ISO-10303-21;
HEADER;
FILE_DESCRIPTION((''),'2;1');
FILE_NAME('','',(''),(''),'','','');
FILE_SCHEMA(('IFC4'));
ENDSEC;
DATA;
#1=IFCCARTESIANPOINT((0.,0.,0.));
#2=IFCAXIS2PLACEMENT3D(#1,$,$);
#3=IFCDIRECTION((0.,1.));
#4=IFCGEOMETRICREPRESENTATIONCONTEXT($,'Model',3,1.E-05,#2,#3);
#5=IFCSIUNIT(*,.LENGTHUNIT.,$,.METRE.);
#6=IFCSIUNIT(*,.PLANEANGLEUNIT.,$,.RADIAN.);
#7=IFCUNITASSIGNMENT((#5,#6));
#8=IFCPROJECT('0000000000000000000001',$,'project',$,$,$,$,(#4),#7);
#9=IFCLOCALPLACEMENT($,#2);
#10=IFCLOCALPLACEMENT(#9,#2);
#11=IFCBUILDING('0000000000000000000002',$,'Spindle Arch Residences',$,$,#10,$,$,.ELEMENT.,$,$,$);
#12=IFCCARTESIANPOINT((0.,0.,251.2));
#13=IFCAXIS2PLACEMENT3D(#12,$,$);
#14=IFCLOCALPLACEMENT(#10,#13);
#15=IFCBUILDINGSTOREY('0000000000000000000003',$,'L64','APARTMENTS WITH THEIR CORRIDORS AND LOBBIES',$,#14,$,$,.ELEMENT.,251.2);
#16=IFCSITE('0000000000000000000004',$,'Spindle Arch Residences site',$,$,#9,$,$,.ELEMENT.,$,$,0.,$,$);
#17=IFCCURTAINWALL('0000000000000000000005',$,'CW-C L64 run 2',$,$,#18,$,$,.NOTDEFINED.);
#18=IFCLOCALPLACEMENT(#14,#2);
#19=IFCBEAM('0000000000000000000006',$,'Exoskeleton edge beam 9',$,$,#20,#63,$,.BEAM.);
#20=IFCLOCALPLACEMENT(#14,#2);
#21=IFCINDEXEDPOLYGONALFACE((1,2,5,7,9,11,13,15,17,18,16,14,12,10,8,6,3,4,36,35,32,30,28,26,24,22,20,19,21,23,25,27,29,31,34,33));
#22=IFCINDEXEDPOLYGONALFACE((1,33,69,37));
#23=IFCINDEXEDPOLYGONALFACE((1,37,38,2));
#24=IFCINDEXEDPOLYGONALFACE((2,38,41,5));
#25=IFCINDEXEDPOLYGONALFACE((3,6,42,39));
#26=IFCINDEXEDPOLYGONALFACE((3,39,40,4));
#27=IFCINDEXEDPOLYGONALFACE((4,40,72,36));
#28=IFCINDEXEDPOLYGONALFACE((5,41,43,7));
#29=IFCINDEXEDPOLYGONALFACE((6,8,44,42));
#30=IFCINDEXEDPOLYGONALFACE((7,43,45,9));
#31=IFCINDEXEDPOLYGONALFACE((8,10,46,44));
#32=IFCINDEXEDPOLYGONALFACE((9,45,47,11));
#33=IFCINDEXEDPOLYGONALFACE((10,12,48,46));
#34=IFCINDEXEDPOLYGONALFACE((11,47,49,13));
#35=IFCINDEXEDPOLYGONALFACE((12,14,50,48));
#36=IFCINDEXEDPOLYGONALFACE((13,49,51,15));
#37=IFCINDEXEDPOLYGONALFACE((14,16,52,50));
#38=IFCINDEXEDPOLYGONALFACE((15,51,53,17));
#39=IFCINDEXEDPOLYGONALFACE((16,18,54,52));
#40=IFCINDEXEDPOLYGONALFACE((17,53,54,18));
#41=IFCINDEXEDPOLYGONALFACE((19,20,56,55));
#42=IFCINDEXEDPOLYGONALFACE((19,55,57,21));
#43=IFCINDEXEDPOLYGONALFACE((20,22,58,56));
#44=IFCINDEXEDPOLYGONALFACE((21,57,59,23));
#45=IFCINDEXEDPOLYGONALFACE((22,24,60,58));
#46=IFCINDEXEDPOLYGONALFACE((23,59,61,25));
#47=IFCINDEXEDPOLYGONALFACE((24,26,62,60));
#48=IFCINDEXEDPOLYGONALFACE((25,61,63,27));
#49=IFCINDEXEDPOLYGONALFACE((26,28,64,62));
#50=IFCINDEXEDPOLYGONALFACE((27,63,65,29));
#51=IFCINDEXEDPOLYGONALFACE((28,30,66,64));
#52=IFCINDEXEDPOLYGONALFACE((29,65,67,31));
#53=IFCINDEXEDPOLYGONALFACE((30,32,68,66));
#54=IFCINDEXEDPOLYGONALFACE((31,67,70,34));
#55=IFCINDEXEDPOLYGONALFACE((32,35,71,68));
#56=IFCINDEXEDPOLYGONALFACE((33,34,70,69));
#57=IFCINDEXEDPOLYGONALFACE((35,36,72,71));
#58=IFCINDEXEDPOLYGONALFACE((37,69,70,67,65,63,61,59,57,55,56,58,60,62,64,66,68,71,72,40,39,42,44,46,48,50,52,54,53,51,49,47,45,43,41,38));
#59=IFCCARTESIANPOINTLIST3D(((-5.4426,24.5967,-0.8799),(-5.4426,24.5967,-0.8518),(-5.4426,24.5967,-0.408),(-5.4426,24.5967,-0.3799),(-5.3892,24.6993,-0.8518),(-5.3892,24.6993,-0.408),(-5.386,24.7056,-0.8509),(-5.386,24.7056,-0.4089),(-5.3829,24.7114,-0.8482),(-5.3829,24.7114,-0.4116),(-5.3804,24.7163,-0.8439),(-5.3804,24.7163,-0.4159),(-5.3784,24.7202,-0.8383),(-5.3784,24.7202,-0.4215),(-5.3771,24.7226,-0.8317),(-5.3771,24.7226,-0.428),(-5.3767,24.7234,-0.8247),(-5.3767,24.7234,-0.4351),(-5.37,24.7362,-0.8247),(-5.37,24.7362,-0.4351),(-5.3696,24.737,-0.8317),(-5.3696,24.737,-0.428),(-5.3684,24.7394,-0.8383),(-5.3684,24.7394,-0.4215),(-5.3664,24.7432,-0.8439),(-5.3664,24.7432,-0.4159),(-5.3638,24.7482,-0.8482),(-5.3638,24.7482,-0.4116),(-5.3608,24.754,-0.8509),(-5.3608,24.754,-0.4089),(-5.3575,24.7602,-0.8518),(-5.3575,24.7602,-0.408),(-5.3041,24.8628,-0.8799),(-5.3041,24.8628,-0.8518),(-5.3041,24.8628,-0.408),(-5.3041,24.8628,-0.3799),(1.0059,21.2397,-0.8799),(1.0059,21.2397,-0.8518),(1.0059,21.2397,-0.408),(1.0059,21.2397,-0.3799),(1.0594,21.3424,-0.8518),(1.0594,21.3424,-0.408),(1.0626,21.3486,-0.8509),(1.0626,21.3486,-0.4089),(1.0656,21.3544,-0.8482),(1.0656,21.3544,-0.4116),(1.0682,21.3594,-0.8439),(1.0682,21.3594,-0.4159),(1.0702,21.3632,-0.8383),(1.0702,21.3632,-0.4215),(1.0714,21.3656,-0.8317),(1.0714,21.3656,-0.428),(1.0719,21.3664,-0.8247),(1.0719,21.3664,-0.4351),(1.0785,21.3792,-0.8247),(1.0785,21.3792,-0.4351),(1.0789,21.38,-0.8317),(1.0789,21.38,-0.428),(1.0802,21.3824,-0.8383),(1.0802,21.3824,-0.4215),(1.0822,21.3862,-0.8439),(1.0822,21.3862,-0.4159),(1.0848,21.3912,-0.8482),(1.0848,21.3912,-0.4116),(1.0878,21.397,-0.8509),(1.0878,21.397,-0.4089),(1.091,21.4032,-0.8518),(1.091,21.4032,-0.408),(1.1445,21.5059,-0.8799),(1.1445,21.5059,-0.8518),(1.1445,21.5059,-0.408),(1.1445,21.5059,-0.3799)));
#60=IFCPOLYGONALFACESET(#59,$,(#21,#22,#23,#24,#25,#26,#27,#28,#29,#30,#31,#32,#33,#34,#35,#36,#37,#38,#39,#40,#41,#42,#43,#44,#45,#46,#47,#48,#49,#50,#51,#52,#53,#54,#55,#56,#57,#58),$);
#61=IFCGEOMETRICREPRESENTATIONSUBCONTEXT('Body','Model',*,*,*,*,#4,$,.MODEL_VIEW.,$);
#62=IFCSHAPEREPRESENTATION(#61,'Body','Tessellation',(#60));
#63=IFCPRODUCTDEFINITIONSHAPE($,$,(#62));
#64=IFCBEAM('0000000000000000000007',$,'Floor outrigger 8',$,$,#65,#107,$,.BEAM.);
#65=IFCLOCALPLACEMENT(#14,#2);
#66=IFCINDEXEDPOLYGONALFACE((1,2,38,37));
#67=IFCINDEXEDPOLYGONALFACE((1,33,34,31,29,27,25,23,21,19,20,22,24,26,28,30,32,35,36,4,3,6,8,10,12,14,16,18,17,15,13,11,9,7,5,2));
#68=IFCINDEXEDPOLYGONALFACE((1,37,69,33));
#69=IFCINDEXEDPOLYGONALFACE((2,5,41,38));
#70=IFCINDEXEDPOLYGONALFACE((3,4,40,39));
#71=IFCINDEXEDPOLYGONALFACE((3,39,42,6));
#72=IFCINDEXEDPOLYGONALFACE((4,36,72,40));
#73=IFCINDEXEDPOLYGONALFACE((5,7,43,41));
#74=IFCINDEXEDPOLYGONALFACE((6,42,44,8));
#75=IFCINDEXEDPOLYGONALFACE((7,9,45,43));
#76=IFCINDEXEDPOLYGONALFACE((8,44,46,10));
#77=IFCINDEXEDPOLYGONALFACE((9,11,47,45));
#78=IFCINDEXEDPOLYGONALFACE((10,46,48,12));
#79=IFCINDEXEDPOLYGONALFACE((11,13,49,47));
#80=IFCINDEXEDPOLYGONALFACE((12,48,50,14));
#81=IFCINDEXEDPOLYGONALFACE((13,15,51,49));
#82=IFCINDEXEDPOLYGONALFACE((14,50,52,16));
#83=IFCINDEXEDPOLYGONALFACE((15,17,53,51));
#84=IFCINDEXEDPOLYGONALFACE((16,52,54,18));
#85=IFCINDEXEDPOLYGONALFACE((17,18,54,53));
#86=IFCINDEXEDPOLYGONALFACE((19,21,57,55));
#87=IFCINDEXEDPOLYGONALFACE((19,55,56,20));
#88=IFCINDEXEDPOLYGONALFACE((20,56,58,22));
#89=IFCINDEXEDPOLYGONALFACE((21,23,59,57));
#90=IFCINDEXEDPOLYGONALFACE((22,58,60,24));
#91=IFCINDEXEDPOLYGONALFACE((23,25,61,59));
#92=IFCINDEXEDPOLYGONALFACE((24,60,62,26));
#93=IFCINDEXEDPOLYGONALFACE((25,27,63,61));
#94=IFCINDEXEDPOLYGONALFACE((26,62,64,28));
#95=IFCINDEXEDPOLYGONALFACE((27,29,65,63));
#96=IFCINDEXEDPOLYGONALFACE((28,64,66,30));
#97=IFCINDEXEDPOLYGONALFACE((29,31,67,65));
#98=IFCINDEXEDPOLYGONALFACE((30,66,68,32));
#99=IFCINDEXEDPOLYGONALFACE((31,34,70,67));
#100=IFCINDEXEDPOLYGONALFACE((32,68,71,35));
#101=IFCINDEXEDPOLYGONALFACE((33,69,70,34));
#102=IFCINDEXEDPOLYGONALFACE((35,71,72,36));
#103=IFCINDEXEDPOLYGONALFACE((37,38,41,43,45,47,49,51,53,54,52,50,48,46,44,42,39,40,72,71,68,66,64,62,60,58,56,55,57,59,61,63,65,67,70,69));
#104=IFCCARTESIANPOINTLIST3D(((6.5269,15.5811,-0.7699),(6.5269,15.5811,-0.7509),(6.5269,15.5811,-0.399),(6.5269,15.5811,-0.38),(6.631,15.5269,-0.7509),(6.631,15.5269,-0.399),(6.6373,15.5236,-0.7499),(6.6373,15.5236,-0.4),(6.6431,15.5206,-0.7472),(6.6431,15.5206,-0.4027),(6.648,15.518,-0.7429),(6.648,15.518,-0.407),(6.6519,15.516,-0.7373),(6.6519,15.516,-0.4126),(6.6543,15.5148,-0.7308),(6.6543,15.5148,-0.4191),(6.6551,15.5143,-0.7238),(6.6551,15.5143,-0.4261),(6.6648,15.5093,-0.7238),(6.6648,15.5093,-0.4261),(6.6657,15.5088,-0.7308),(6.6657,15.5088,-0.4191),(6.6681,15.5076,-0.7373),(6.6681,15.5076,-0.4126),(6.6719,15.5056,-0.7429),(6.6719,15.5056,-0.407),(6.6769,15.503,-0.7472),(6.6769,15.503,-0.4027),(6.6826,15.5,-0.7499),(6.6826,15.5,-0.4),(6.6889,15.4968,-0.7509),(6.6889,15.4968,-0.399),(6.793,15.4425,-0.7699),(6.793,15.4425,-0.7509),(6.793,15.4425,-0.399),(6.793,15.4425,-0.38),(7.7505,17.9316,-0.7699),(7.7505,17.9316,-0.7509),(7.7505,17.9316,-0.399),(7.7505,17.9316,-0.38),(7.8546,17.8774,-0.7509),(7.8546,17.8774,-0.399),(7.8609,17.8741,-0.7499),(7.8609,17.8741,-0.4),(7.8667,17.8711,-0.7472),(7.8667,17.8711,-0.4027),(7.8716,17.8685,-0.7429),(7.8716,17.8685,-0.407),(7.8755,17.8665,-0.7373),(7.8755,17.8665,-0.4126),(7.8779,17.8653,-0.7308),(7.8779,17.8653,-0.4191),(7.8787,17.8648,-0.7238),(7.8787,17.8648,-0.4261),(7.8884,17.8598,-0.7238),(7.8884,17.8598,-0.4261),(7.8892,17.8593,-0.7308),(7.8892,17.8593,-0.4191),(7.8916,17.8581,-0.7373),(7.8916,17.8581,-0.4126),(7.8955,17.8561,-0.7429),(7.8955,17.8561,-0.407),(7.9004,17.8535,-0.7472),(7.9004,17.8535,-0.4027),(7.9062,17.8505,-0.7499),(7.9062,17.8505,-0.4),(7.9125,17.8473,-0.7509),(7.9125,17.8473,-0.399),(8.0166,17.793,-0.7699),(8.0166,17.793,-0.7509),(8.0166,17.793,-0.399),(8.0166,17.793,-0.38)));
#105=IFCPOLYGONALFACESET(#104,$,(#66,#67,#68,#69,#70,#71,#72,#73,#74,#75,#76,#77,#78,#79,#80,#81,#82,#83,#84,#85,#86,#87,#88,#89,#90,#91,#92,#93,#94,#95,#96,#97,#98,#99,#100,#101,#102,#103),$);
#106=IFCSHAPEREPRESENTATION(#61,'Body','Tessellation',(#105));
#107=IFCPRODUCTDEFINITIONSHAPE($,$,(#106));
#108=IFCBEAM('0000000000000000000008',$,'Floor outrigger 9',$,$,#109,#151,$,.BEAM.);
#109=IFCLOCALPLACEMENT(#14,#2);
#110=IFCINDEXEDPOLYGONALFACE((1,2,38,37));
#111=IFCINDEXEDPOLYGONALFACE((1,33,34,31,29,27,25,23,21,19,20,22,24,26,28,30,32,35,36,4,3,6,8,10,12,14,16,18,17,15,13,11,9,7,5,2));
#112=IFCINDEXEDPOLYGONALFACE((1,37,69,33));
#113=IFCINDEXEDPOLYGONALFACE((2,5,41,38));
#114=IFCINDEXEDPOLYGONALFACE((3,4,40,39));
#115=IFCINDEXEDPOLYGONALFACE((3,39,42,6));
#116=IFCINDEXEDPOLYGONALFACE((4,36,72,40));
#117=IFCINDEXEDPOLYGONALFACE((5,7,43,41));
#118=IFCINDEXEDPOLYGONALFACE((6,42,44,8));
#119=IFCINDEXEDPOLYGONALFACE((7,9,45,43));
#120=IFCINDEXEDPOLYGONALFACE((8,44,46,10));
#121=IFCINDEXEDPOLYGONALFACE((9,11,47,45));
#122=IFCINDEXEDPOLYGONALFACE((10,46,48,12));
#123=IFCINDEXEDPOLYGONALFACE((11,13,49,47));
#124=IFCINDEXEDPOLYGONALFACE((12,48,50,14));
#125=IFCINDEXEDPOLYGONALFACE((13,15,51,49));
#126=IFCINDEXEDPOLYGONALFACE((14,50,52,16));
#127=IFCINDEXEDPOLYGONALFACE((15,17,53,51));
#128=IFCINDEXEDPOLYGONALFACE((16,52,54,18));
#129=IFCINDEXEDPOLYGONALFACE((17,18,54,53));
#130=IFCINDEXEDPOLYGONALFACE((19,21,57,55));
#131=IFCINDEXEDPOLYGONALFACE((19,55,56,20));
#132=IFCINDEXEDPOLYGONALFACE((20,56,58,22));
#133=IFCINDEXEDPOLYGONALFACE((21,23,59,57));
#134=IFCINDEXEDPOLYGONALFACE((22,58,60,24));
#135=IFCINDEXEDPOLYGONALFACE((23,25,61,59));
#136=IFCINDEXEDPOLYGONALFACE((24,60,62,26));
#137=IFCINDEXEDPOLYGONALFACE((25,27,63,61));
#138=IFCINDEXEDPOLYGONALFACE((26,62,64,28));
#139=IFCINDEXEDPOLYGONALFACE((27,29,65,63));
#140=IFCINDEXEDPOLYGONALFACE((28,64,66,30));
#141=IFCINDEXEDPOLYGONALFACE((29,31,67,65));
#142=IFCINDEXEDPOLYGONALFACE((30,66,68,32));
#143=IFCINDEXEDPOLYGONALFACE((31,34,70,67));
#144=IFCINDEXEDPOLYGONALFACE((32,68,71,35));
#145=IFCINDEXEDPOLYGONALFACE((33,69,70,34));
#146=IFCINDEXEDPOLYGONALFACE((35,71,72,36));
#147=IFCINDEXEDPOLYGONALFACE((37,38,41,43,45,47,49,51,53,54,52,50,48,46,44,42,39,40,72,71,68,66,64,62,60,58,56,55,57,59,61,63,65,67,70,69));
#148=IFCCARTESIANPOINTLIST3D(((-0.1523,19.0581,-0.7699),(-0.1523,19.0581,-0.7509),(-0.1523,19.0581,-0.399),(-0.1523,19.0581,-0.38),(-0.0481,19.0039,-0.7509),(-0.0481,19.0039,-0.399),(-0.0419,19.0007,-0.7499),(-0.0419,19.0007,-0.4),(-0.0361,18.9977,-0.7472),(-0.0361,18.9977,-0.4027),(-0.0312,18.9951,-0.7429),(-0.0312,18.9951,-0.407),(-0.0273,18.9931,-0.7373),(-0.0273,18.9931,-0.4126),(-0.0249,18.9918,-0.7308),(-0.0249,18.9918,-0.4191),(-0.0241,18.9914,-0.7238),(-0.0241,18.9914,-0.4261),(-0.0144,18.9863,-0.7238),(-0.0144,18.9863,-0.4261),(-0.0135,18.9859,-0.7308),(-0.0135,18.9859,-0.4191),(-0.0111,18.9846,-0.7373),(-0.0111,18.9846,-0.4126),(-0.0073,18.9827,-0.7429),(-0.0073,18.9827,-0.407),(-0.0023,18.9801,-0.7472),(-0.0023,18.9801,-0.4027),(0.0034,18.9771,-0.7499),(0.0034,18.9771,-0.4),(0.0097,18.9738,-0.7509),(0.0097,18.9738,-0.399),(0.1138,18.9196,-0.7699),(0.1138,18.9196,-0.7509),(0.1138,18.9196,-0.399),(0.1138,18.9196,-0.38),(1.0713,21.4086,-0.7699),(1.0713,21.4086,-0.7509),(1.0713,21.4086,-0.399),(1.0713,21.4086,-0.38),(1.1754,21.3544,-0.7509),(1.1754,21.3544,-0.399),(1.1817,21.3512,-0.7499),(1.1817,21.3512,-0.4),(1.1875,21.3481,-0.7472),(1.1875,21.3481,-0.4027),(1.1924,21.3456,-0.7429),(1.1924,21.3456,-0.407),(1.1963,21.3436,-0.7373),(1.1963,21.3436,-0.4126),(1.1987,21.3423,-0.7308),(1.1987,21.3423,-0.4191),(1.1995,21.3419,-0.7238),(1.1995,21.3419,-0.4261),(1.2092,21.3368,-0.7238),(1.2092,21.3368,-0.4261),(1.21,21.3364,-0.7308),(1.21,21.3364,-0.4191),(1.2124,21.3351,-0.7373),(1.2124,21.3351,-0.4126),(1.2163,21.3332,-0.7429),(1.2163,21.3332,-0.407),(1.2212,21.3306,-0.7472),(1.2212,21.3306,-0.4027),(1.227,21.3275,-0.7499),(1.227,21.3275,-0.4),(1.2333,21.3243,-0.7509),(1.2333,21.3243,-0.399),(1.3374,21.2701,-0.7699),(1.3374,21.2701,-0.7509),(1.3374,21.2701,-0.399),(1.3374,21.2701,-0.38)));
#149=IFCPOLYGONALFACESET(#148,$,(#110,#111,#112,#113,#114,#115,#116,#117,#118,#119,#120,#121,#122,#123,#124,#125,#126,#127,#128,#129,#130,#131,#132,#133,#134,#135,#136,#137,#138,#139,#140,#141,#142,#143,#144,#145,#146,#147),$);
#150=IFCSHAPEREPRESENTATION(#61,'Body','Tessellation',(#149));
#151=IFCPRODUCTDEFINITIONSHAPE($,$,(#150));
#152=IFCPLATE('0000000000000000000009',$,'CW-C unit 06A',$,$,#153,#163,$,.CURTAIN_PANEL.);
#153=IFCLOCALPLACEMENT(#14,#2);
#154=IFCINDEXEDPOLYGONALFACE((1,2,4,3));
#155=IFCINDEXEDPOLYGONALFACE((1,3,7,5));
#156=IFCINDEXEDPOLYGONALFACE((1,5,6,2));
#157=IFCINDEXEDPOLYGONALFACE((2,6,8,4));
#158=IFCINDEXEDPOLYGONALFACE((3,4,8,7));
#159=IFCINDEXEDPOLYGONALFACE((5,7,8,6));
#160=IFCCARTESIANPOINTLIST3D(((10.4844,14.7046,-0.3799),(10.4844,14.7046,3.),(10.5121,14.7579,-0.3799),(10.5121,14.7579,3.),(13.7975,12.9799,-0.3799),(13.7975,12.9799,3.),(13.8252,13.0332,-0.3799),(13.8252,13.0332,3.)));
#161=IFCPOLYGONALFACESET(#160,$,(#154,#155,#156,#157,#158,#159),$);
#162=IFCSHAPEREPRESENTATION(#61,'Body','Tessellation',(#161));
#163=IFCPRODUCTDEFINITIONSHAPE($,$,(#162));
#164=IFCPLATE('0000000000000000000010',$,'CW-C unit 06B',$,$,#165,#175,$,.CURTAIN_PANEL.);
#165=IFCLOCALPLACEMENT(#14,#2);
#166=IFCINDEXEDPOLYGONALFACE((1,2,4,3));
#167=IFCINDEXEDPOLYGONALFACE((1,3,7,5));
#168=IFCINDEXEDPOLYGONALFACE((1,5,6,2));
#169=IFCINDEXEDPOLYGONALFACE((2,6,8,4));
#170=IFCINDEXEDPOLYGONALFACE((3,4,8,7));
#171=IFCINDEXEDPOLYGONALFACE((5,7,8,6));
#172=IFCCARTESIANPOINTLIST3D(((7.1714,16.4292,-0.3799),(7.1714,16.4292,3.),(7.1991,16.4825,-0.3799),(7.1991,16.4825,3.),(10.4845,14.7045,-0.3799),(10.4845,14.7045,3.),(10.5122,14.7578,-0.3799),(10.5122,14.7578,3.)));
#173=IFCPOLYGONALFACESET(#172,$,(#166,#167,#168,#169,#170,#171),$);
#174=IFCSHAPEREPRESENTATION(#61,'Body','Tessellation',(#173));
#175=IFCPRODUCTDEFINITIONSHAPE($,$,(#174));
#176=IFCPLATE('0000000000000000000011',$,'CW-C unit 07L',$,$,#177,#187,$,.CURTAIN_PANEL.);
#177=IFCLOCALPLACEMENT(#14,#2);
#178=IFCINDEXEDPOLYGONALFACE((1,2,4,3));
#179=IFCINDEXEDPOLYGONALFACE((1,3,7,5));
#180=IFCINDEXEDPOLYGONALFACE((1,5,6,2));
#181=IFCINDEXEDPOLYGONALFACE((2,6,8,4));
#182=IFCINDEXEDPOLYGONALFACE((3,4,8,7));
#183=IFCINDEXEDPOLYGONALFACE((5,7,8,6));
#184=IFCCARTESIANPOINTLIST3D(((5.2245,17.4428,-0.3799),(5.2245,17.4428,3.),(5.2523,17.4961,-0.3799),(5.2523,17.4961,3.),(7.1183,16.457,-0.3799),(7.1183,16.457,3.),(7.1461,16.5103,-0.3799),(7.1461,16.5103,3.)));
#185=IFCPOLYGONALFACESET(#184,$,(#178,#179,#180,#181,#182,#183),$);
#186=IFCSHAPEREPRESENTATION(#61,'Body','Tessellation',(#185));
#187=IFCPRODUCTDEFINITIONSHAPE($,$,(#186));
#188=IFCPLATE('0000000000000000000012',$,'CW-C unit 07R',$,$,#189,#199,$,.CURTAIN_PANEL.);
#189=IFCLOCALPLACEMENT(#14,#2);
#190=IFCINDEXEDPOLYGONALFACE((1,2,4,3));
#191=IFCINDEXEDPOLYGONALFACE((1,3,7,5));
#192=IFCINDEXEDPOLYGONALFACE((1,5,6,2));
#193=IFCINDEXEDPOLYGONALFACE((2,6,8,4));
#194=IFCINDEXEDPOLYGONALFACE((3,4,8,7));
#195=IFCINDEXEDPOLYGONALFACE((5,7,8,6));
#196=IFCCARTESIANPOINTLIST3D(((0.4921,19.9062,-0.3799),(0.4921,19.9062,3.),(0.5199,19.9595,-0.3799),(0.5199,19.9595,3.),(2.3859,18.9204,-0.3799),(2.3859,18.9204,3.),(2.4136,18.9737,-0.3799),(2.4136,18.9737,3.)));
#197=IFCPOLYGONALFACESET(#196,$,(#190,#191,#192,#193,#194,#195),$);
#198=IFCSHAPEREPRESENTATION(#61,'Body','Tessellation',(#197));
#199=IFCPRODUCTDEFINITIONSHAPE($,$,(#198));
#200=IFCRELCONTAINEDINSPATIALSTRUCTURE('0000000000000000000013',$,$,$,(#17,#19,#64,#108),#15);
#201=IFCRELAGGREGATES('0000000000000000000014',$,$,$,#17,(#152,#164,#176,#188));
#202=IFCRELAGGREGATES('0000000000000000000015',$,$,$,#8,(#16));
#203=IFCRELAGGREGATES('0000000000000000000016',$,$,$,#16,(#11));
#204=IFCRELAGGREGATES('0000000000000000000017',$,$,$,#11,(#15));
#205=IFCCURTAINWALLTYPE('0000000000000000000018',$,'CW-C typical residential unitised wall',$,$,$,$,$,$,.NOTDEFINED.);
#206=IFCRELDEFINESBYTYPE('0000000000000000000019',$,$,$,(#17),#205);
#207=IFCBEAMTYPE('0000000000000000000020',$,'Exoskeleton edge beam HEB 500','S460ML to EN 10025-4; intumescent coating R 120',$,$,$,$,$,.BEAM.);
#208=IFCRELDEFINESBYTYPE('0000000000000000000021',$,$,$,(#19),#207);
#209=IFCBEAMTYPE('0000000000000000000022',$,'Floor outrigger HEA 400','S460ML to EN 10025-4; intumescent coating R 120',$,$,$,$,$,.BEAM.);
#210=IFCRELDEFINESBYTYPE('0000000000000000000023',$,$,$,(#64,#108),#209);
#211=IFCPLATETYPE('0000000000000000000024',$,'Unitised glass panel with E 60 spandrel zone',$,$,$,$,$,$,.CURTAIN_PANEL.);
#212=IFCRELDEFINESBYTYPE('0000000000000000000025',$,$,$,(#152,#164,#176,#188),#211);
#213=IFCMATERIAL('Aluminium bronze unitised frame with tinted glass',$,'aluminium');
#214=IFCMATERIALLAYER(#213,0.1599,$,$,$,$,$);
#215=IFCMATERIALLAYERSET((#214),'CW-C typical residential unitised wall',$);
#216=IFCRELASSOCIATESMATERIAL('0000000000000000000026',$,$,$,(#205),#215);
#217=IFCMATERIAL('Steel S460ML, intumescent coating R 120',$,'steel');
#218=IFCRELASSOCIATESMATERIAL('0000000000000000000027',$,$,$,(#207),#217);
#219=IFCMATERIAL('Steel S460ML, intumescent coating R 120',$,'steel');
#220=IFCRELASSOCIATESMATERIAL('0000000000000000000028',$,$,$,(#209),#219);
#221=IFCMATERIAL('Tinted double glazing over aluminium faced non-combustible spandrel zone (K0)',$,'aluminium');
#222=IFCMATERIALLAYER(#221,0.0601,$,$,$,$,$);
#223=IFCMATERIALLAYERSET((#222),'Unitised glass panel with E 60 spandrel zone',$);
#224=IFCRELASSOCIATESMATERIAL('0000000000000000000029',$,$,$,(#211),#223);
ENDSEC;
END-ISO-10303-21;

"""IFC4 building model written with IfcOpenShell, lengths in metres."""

from ifc_helpers import new_model, si_unit, direction, frame, origin, origin_2d, place, context, subcontext, project, spatial, rectangle, i_section, extrude, material, layer, layer_set, material_profile, profile_set, type_object, element, aggregate, save


model = new_model("IFC4")

# Units and contexts
model_context = context("Model", 3, precision=1e-05, world=origin(), true_north=direction((0.0, 1.0)))
body_context = subcontext(model_context, "Body", "Model", "MODEL_VIEW")
ifc_project = project(units=[si_unit("LENGTHUNIT", "METRE"), si_unit("PLANEANGLEUNIT", "RADIAN")], contexts=[model_context])

# Site, building, storey
site_placement = place(None, origin())
site = spatial("IfcSite", under=ifc_project, at=site_placement, Name="Spindle Arch Residences site", CompositionType="ELEMENT", RefElevation=0.0)
building_placement = place(site_placement, origin())
building = spatial("IfcBuilding", under=site, at=building_placement, Name="Spindle Arch Residences", CompositionType="ELEMENT")
storey_placement = place(building_placement, frame((0.0, 0.0, 251.2)))
storey = spatial("IfcBuildingStorey", under=building, at=storey_placement, Name="L64", Description="APARTMENTS WITH THEIR CORRIDORS AND LOBBIES", CompositionType="ELEMENT", Elevation=251.2)

# Curtain wall
ifc_material_1 = material(Name="Aluminium bronze unitised frame with tinted glass", Category="aluminium")
ifc_layer_1 = layer(ifc_material_1, 0.1599)
ifc_layer_set_1 = layer_set([ifc_layer_1], Name="CW-C typical residential unitised wall")
curtain_wall_type = type_object("IfcCurtainWallType", Name="CW-C typical residential unitised wall", PredefinedType="NOTDEFINED", material=ifc_layer_set_1)
curtain_wall_placement = place(storey_placement, origin())
curtain_wall = element("IfcCurtainWall", 1, at=curtain_wall_placement, inside=storey, type_object=curtain_wall_type, Name="CW-C L64 run 2", PredefinedType="NOTDEFINED")

# Beams
ifc_material_2 = material(Name="Steel S460ML, intumescent coating R 120", Category="steel")
ifc_material_profile_1 = material_profile(ifc_material_2, i_section(OverallWidth=0.3, OverallDepth=0.5, WebThickness=0.0144, FlangeThickness=0.0281, FilletRadius=0.0271, at=origin_2d()), Name="HEB 500")
ifc_profile_set_1 = profile_set([ifc_material_profile_1], Name="Steel S460ML, intumescent coating R 120")
beam_type_1 = type_object("IfcBeamType", Name="Exoskeleton edge beam HEB 500", Description="S460ML to EN 10025-4; intumescent coating R 120", PredefinedType="BEAM", material=ifc_profile_set_1)
for number, where, z_axis, x_axis, name in (
    (2, (1.0752, 21.3728, -0.6299), (-0.887007, 0.461756, 0.0), (-0.461756, -0.887007, 0.0), "Exoskeleton edge beam 9"),
):
    element("IfcBeam", number, at=place(storey_placement, frame(where, z_axis=z_axis, x_axis=x_axis)), inside=storey, type_object=beam_type_1, Name=name, PredefinedType="BEAM", context=body_context, shape_type="SweptSolid", body=[
        extrude(i_section(OverallWidth=0.3, OverallDepth=0.5, WebThickness=0.0144, FlangeThickness=0.0281, FilletRadius=0.0271, at=origin_2d()), origin(), (0.0, 0.0, 1.0), 7.27),
    ])
ifc_material_3 = material(Name="Steel S460ML, intumescent coating R 120", Category="steel")
ifc_material_profile_2 = material_profile(ifc_material_3, i_section(OverallWidth=0.3, OverallDepth=0.3899, WebThickness=0.011, FlangeThickness=0.019, FilletRadius=0.0271, at=origin_2d()), Name="HEA 400")
ifc_profile_set_2 = profile_set([ifc_material_profile_2], Name="Steel S460ML, intumescent coating R 120")
beam_type_2 = type_object("IfcBeamType", Name="Floor outrigger HEA 400", Description="S460ML to EN 10025-4; intumescent coating R 120", PredefinedType="BEAM", material=ifc_profile_set_2)
for number, where, z_axis, x_axis, name in (
    (3, (7.8835, 17.8623, -0.575), (-0.461747, -0.887012, 0.0), (0.887012, -0.461747, 0.0), "Floor outrigger 8"),
    (4, (1.2043, 21.3394, -0.575), (-0.461747, -0.887012, 0.0), (0.887012, -0.461747, 0.0), "Floor outrigger 9"),
):
    element("IfcBeam", number, at=place(storey_placement, frame(where, z_axis=z_axis, x_axis=x_axis)), inside=storey, type_object=beam_type_2, Name=name, PredefinedType="BEAM", context=body_context, shape_type="SweptSolid", body=[
        extrude(i_section(OverallWidth=0.3, OverallDepth=0.3899, WebThickness=0.011, FlangeThickness=0.019, FilletRadius=0.0271, at=origin_2d()), origin(), (0.0, 0.0, 1.0), 2.6499),
    ])

# Plates
ifc_material_4 = material(Name="Tinted double glazing over aluminium faced non-combustible spandrel zone (K0)", Category="aluminium")
ifc_layer_2 = layer(ifc_material_4, 0.0601)
ifc_layer_set_2 = layer_set([ifc_layer_2], Name="Unitised glass panel with E 60 spandrel zone")
plate_type = type_object("IfcPlateType", Name="Unitised glass panel with E 60 spandrel zone", PredefinedType="CURTAIN_PANEL", material=ifc_layer_set_2)
plate_1_placement = place(storey_placement, frame((12.1548, 13.8689, -0.3799), z_axis=(0.0, 0.0, 1.0), x_axis=(-0.887011, 0.461749, 0.0)))
plate_1 = element("IfcPlate", 5, at=plate_1_placement, type_object=plate_type, Name="CW-C unit 06A", PredefinedType="CURTAIN_PANEL", context=body_context, shape_type="SweptSolid", body=[
    extrude(rectangle(XDim=3.7351, YDim=0.0601, at=origin_2d()), origin(), (0.0, 0.0, 1.0), 3.3799),
])
plate_2_placement = place(storey_placement, frame((8.8418, 15.5935, -0.3799), z_axis=(0.0, 0.0, 1.0), x_axis=(-0.887011, 0.461749, 0.0)))
plate_2 = element("IfcPlate", 6, at=plate_2_placement, type_object=plate_type, Name="CW-C unit 06B", PredefinedType="CURTAIN_PANEL", context=body_context, shape_type="SweptSolid", body=[
    extrude(rectangle(XDim=3.7351, YDim=0.0601, at=origin_2d()), origin(), (0.0, 0.0, 1.0), 3.3799),
])
plate_3_placement = place(storey_placement, frame((6.1853, 16.9766, -0.3799), z_axis=(0.0, 0.0, 1.0), x_axis=(-0.887011, 0.461749, 0.0)))
plate_3 = element("IfcPlate", 7, at=plate_3_placement, type_object=plate_type, Name="CW-C unit 07L", PredefinedType="CURTAIN_PANEL", context=body_context, shape_type="SweptSolid", body=[
    extrude(rectangle(XDim=2.135, YDim=0.0601, at=origin_2d()), origin(), (0.0, 0.0, 1.0), 3.3799),
])
plate_4_placement = place(storey_placement, frame((1.4529, 19.4399, -0.3799), z_axis=(0.0, 0.0, 1.0), x_axis=(-0.887011, 0.461749, 0.0)))
plate_4 = element("IfcPlate", 8, at=plate_4_placement, type_object=plate_type, Name="CW-C unit 07R", PredefinedType="CURTAIN_PANEL", context=body_context, shape_type="SweptSolid", body=[
    extrude(rectangle(XDim=2.135, YDim=0.0601, at=origin_2d()), origin(), (0.0, 0.0, 1.0), 3.3799),
])
aggregate(curtain_wall, [plate_1, plate_2, plate_3, plate_4])

save(model, "model.ifc")
